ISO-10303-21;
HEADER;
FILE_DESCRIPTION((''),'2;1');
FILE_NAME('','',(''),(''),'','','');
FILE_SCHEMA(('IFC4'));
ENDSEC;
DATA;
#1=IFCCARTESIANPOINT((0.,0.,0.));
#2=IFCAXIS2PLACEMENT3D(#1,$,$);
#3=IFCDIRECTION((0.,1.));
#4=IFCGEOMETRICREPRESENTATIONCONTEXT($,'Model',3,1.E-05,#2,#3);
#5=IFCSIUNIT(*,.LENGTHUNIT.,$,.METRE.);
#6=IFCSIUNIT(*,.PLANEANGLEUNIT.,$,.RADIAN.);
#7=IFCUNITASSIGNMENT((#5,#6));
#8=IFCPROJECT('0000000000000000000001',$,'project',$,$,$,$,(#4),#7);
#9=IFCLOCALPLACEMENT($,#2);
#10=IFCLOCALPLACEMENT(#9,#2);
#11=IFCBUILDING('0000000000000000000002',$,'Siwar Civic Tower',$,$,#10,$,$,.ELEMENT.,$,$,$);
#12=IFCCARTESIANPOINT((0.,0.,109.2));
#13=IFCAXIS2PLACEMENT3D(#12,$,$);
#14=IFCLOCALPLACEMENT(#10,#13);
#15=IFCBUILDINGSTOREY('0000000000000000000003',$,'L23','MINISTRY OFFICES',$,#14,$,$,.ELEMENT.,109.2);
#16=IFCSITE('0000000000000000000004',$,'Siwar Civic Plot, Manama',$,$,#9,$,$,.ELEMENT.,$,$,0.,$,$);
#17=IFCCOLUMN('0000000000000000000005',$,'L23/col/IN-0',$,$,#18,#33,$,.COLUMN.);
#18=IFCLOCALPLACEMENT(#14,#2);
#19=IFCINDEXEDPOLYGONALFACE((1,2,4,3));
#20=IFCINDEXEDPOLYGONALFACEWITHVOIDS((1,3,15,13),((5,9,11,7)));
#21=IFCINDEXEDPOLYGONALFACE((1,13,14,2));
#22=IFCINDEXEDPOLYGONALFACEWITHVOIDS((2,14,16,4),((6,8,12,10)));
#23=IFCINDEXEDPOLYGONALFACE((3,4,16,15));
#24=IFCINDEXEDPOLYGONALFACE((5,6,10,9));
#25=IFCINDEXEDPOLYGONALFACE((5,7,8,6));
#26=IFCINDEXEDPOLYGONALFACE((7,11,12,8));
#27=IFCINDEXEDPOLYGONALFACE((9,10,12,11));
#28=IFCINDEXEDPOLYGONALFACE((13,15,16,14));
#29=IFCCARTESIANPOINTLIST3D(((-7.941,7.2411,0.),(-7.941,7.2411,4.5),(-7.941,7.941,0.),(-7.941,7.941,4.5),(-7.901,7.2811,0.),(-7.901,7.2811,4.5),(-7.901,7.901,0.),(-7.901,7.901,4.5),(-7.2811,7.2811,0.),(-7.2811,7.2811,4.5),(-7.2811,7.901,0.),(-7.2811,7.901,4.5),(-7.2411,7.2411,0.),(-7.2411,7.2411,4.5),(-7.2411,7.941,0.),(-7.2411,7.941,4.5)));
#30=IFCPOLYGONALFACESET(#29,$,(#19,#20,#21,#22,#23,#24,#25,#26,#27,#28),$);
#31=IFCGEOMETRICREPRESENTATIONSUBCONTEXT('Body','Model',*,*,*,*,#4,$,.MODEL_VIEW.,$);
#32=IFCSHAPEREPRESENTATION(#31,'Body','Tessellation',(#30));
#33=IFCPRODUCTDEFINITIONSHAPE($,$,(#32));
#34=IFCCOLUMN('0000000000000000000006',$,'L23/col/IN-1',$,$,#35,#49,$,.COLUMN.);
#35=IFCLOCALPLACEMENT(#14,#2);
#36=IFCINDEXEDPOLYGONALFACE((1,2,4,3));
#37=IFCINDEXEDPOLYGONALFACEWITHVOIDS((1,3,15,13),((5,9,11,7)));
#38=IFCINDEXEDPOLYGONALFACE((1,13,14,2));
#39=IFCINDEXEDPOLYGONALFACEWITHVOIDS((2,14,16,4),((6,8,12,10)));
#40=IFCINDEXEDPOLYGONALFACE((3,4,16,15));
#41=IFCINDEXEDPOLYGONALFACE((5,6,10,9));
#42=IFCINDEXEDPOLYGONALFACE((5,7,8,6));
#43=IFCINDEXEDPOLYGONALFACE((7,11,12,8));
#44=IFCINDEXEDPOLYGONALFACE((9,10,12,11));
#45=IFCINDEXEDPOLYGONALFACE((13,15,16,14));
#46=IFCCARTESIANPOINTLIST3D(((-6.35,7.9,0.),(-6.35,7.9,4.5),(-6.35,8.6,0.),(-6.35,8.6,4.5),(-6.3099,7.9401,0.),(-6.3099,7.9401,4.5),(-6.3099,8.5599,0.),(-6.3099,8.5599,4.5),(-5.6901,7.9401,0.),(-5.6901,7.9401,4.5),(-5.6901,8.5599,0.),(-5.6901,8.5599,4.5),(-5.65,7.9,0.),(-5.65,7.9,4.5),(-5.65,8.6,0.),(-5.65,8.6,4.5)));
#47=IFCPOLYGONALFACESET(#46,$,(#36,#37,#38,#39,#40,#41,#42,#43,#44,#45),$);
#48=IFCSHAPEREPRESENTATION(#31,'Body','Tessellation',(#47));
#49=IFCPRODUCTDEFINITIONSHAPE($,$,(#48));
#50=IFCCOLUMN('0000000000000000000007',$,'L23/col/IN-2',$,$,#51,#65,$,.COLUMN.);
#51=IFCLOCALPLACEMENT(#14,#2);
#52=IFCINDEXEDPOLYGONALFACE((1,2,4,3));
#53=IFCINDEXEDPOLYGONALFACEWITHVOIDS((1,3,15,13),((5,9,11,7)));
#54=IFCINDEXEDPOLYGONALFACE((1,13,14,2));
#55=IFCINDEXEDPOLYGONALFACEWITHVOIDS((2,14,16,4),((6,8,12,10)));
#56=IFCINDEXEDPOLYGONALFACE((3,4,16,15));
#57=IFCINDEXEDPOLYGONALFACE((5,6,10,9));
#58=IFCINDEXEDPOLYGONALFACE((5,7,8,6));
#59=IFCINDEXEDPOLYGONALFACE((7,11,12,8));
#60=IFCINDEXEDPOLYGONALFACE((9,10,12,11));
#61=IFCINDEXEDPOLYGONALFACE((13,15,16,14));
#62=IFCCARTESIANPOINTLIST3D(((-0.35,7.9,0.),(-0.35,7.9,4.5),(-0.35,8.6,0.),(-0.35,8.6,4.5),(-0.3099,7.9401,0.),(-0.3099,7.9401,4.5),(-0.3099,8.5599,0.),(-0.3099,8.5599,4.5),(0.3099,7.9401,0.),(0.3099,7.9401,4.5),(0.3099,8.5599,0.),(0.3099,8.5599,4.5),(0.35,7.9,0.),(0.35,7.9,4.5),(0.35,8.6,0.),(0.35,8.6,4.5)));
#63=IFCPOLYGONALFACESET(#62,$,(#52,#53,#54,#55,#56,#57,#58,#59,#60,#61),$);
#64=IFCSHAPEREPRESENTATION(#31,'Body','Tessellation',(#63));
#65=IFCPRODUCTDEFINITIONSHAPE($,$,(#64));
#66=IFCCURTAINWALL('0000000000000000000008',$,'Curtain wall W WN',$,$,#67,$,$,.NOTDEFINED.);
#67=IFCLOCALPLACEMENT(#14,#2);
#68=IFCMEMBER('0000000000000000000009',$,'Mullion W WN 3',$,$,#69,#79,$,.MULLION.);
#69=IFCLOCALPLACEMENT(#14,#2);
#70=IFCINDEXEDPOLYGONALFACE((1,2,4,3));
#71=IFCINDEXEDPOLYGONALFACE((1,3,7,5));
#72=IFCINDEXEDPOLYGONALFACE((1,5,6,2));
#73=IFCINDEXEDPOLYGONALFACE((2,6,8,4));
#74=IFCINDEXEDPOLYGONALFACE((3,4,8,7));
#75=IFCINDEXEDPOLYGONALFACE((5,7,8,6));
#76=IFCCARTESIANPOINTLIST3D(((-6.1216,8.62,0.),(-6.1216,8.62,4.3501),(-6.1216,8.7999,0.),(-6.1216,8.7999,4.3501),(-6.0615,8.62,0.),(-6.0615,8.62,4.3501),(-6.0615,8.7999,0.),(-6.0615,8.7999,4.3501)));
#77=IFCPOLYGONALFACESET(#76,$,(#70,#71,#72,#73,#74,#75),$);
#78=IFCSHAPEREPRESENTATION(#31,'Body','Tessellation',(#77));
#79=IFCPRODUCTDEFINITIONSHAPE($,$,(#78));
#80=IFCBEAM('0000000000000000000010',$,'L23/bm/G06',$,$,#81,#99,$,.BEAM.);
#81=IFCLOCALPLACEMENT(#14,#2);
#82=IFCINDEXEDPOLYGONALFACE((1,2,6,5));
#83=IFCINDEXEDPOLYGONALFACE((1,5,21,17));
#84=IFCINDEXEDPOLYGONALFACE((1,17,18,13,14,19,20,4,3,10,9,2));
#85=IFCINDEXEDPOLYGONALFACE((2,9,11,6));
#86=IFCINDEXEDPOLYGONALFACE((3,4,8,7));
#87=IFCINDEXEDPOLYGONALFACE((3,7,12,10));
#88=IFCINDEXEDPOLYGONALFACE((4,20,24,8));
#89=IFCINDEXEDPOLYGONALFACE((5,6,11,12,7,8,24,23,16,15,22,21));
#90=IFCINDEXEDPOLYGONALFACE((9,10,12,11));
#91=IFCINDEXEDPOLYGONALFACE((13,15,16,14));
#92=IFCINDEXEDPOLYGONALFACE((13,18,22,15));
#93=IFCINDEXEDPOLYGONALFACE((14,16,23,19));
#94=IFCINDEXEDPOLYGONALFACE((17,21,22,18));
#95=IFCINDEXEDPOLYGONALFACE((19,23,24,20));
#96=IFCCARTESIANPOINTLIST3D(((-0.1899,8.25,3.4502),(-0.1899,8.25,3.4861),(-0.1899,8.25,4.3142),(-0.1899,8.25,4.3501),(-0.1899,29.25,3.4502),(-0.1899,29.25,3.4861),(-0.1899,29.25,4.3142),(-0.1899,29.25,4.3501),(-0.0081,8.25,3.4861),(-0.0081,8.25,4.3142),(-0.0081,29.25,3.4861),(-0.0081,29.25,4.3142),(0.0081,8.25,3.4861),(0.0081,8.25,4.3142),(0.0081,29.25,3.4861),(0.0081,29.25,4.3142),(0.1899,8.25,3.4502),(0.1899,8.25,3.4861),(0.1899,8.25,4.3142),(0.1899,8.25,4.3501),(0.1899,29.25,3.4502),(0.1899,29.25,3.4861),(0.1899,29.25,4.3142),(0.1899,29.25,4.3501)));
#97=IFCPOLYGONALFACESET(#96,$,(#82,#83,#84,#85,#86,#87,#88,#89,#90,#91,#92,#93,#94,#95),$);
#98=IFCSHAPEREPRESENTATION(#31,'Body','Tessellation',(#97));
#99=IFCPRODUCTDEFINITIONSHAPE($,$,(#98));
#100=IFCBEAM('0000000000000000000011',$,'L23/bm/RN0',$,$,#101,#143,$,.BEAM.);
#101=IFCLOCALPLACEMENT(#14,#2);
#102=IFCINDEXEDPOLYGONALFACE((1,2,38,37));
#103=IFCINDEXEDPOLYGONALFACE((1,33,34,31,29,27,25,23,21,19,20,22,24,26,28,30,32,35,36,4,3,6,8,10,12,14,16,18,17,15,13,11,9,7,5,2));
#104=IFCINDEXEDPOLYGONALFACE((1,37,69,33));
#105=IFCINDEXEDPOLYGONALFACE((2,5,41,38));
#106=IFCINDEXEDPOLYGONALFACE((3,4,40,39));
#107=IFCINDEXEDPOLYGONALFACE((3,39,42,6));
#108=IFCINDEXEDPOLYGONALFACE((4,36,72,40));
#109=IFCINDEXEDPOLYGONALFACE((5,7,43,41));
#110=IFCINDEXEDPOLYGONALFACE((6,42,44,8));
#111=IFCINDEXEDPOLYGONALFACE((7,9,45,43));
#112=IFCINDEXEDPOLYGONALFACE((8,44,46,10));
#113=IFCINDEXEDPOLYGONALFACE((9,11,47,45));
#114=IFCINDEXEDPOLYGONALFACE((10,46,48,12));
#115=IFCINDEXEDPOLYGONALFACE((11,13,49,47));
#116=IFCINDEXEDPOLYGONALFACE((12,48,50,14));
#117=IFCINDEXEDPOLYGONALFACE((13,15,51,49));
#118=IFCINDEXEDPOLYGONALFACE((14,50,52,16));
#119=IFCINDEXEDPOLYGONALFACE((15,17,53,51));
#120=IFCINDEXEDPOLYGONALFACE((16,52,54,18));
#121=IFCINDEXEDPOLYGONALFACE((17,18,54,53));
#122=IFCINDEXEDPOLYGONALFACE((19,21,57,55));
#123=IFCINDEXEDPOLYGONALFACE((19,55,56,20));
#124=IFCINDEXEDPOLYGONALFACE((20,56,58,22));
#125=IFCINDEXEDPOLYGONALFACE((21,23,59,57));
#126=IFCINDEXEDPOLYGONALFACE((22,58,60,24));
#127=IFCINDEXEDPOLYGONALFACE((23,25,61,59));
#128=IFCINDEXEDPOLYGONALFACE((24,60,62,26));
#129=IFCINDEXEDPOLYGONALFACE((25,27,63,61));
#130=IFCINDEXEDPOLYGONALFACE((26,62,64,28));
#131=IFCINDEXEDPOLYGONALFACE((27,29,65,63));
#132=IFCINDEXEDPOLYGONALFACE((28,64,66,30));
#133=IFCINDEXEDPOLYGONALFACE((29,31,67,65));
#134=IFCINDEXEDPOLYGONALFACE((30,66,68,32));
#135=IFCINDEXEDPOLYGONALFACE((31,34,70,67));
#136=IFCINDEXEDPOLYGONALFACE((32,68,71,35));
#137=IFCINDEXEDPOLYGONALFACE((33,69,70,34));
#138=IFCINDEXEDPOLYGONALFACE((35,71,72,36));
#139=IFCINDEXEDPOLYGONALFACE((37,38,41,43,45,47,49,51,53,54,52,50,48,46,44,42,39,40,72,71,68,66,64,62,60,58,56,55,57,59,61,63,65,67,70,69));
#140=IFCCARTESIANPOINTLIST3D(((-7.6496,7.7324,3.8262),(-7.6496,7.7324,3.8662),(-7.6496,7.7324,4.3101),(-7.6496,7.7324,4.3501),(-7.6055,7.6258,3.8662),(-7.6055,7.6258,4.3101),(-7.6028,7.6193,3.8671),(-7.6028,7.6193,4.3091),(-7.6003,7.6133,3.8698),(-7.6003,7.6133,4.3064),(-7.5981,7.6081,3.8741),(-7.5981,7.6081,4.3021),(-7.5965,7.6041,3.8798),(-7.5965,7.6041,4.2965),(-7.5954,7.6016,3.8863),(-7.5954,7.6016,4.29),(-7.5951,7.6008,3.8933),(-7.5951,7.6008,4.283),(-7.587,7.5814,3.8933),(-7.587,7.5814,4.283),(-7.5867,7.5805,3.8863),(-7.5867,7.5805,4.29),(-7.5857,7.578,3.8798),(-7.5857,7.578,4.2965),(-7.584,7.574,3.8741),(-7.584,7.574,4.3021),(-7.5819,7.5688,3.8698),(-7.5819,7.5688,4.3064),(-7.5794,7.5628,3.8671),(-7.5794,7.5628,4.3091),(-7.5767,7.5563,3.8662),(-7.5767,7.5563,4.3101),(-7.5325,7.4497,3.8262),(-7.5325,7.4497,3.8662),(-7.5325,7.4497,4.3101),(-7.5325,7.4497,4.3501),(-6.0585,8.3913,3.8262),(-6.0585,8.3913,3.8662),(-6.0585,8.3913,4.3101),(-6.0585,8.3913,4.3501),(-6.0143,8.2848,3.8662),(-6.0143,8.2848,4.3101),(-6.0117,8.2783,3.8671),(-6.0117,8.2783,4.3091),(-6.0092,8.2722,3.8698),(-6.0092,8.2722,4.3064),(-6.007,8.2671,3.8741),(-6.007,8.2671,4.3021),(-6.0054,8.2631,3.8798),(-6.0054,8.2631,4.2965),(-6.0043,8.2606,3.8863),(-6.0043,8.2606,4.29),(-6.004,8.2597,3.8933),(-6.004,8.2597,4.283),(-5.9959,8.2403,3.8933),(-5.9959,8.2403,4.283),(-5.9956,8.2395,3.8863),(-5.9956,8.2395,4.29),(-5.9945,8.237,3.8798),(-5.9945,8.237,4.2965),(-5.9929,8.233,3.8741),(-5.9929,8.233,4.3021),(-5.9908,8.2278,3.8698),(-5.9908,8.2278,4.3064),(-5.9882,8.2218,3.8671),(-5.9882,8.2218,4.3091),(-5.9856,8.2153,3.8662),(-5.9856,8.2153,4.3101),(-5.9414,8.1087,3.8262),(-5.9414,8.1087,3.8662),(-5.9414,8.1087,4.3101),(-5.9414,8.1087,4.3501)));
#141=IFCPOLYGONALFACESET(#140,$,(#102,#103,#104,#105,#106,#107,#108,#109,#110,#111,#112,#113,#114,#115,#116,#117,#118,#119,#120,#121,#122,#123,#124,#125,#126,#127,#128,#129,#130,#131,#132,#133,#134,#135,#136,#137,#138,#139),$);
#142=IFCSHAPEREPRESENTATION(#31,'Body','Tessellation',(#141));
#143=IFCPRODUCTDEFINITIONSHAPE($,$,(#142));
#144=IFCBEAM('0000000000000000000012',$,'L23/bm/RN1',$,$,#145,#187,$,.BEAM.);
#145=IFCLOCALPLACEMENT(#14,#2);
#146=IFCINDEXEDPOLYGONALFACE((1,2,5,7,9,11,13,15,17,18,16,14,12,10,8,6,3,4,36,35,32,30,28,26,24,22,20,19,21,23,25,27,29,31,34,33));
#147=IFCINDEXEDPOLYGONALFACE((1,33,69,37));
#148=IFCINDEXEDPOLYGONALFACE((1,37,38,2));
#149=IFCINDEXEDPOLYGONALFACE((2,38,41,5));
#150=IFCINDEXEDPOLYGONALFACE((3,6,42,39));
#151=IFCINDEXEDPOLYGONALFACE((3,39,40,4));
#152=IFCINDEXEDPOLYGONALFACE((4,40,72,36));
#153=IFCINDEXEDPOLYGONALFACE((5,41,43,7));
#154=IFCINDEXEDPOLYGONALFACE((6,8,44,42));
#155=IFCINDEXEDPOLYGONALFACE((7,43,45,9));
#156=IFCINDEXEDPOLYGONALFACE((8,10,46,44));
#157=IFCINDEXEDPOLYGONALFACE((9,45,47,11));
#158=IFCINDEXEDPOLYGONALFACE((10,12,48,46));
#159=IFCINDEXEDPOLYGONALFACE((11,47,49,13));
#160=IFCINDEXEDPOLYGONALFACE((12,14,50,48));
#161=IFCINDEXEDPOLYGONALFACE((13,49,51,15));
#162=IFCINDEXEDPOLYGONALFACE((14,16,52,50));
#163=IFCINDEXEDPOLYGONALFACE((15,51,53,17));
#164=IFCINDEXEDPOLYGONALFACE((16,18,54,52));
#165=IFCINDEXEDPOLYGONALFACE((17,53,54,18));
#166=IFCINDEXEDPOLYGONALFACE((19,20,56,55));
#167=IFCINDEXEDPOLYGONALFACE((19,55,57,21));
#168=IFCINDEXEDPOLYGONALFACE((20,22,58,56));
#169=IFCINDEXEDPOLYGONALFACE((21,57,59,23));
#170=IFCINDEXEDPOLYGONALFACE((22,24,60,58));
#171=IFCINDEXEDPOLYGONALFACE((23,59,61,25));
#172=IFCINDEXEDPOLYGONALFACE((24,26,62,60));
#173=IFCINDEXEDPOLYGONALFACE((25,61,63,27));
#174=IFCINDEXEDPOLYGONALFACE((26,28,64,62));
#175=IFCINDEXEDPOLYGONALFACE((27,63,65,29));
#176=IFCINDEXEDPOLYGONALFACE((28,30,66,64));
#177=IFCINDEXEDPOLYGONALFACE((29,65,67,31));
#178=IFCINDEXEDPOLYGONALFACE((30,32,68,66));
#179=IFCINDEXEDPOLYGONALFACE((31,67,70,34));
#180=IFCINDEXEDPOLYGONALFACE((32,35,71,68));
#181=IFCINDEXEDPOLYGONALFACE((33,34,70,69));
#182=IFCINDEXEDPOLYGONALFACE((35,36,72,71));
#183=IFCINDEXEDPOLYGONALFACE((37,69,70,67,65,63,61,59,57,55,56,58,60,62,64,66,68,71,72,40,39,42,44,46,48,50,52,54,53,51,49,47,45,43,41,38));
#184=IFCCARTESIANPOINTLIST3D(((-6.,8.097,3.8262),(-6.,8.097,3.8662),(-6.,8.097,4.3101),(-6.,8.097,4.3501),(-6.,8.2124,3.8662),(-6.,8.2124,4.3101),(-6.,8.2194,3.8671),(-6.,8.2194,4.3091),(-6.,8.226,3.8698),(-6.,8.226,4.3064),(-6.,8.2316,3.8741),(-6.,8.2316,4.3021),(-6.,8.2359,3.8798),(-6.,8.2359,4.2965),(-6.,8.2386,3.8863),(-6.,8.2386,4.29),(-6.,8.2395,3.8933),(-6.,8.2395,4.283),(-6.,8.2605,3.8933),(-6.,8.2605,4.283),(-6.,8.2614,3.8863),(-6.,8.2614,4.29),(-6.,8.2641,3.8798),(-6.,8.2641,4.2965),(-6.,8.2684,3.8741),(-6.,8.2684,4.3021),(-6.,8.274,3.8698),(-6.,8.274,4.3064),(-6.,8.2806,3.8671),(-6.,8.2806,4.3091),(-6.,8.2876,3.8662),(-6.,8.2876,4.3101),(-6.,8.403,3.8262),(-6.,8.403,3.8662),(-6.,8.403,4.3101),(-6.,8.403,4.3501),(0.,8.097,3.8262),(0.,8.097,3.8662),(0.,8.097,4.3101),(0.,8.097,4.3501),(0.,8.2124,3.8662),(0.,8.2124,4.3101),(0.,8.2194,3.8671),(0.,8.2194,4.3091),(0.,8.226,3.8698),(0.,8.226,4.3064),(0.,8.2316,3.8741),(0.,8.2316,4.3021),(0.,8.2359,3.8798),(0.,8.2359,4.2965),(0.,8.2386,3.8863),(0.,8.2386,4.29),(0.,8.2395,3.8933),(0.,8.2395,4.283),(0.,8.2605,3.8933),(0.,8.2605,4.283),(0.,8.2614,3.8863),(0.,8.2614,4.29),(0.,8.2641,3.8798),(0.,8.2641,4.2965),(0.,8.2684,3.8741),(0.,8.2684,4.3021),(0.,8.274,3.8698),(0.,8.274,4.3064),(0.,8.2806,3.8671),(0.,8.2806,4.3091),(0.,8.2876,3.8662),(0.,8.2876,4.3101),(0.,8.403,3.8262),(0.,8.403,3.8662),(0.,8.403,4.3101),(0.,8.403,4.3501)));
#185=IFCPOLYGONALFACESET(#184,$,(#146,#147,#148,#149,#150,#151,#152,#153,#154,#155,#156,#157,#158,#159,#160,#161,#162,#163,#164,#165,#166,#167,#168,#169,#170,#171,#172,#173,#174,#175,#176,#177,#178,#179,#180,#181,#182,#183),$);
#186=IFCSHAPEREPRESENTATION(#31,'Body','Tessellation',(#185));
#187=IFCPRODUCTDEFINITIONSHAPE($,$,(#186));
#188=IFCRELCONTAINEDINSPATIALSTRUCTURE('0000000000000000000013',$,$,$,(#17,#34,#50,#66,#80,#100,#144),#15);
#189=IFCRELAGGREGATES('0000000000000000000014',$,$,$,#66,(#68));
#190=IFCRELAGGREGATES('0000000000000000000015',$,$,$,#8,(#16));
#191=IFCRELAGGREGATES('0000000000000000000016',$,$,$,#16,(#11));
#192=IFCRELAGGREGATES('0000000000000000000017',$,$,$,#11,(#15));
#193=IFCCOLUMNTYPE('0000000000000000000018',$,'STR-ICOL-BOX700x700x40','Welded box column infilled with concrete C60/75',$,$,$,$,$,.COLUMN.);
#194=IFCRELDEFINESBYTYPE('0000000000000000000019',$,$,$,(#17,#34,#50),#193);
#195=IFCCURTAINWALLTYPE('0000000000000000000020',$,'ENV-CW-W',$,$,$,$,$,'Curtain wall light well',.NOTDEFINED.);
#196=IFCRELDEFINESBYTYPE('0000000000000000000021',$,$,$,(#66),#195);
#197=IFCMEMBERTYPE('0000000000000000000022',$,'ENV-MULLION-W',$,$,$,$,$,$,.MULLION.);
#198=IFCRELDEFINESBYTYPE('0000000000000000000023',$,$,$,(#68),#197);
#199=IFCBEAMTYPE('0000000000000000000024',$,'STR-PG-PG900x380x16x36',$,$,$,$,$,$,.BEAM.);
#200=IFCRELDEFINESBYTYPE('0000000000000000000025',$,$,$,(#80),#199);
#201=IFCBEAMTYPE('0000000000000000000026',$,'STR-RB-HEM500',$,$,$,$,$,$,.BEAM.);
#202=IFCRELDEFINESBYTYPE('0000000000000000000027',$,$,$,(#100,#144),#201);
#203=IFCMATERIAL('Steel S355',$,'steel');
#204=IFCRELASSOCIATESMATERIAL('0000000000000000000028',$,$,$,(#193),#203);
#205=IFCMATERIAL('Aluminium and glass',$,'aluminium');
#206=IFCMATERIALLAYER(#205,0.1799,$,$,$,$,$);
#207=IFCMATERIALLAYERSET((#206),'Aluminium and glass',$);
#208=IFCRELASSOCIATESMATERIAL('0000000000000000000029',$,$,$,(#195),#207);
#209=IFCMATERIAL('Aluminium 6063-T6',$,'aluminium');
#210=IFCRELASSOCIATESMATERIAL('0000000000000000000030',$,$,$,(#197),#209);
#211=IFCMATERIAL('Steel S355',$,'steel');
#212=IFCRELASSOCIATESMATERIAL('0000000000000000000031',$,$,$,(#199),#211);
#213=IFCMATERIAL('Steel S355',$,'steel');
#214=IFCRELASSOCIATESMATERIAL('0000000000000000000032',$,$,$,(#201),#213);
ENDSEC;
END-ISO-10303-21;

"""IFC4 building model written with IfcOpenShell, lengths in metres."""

from ifc_helpers import new_model, si_unit, direction, frame, origin, origin_2d, place, context, subcontext, project, spatial, rectangle, hollow_rectangle, i_section, extrude, material, layer, layer_set, material_profile, profile_set, type_object, element, aggregate, save


model = new_model("IFC4")

# Units and contexts
model_context = context("Model", 3, precision=1e-05, world=origin(), true_north=direction((0.0, 1.0)))
body_context = subcontext(model_context, "Body", "Model", "MODEL_VIEW")
ifc_project = project(units=[si_unit("LENGTHUNIT", "METRE"), si_unit("PLANEANGLEUNIT", "RADIAN")], contexts=[model_context])

# Site, building, storey
site_placement = place(None, origin())
site = spatial("IfcSite", under=ifc_project, at=site_placement, Name="Siwar Civic Plot, Manama", CompositionType="ELEMENT", RefElevation=0.0)
building_placement = place(site_placement, origin())
building = spatial("IfcBuilding", under=site, at=building_placement, Name="Siwar Civic Tower", CompositionType="ELEMENT")
storey_placement = place(building_placement, frame((0.0, 0.0, 109.2)))
storey = spatial("IfcBuildingStorey", under=building, at=storey_placement, Name="L23", Description="MINISTRY OFFICES", CompositionType="ELEMENT", Elevation=109.2)

# Columns
ifc_material_1 = material(Name="Steel S355", Category="steel")
ifc_material_profile_1 = material_profile(ifc_material_1, hollow_rectangle(XDim=0.7, YDim=0.7, WallThickness=0.04, at=origin_2d()), Name="BOX700x700x40")
ifc_profile_set_1 = profile_set([ifc_material_profile_1], Name="Steel S355")
column_type = type_object("IfcColumnType", Name="STR-ICOL-BOX700x700x40", Description="Welded box column infilled with concrete C60/75", PredefinedType="COLUMN", material=ifc_profile_set_1)
for number, where, z_axis, x_axis, name in (
    (1, (-7.5911, 7.5911, 0.0), (0.0, 0.0, 1.0), (1.0, 0.0, 0.0), "L23/col/IN-0"),
    (2, (-6.0, 8.25, 0.0), (0.0, 0.0, 1.0), (1.0, 0.0, 0.0), "L23/col/IN-1"),
    (3, (0.0, 8.25, 0.0), (0.0, 0.0, 1.0), (1.0, 0.0, 0.0), "L23/col/IN-2"),
):
    element("IfcColumn", number, at=place(storey_placement, frame(where, z_axis=z_axis, x_axis=x_axis)), inside=storey, type_object=column_type, Name=name, PredefinedType="COLUMN", context=body_context, shape_type="SweptSolid", body=[
        extrude(hollow_rectangle(XDim=0.7, YDim=0.7, WallThickness=0.04, at=origin_2d()), origin(), (0.0, 0.0, 1.0), 4.5),
    ])

# Curtain wall, member
ifc_material_2 = material(Name="Aluminium and glass", Category="aluminium")
ifc_layer_1 = layer(ifc_material_2, 0.1799)
ifc_layer_set_1 = layer_set([ifc_layer_1], Name="Aluminium and glass")
curtain_wall_type = type_object("IfcCurtainWallType", Name="ENV-CW-W", ElementType="Curtain wall light well", PredefinedType="NOTDEFINED", material=ifc_layer_set_1)
curtain_wall_placement = place(storey_placement, origin())
curtain_wall = element("IfcCurtainWall", 4, at=curtain_wall_placement, inside=storey, type_object=curtain_wall_type, Name="Curtain wall W WN", PredefinedType="NOTDEFINED")
ifc_material_3 = material(Name="Aluminium 6063-T6", Category="aluminium")
ifc_material_profile_2 = material_profile(ifc_material_3, rectangle(XDim=0.1799, YDim=0.0601, at=origin_2d()), Name="AL 180x60")
ifc_profile_set_2 = profile_set([ifc_material_profile_2], Name="Aluminium 6063-T6")
member_type = type_object("IfcMemberType", Name="ENV-MULLION-W", PredefinedType="MULLION", material=ifc_profile_set_2)
member_placement = place(storey_placement, frame((-6.0916, 8.71, 0.0), z_axis=(0.0, 0.0, 1.0), x_axis=(0.0, -1.0, 0.0)))
member = element("IfcMember", 5, at=member_placement, type_object=member_type, Name="Mullion W WN 3", PredefinedType="MULLION", context=body_context, shape_type="SweptSolid", body=[
    extrude(rectangle(XDim=0.1799, YDim=0.0601, at=origin_2d()), origin(), (0.0, 0.0, 1.0), 4.3501),
])
aggregate(curtain_wall, [member])

# Beams
ifc_material_4 = material(Name="Steel S355", Category="steel")
ifc_material_profile_3 = material_profile(ifc_material_4, i_section(OverallWidth=0.3799, OverallDepth=0.8999, WebThickness=0.0161, FlangeThickness=0.0359, at=origin_2d()), Name="PG900x380x16x36")
ifc_profile_set_3 = profile_set([ifc_material_profile_3], Name="Steel S355")
beam_type_1 = type_object("IfcBeamType", Name="STR-PG-PG900x380x16x36", PredefinedType="BEAM", material=ifc_profile_set_3)
beam_1_placement = place(storey_placement, frame((0.0, 8.25, 3.9001), z_axis=(0.0, 1.0, 0.0), x_axis=(-1.0, 0.0, 0.0)))
element("IfcBeam", 6, at=beam_1_placement, inside=storey, type_object=beam_type_1, Name="L23/bm/G06", PredefinedType="BEAM", context=body_context, shape_type="SweptSolid", body=[
    extrude(i_section(OverallWidth=0.3799, OverallDepth=0.8999, WebThickness=0.0161, FlangeThickness=0.0359, at=origin_2d()), origin(), (0.0, 0.0, 1.0), 21.0),
])
ifc_material_5 = material(Name="Steel S355", Category="steel")
ifc_material_profile_4 = material_profile(ifc_material_5, i_section(OverallWidth=0.3059, OverallDepth=0.5239, WebThickness=0.021, FlangeThickness=0.04, FilletRadius=0.0271, at=origin_2d()), Name="HEM500")
ifc_profile_set_4 = profile_set([ifc_material_profile_4], Name="Steel S355")
beam_type_2 = type_object("IfcBeamType", Name="STR-RB-HEM500", PredefinedType="BEAM", material=ifc_profile_set_4)
beam_2_placement = place(storey_placement, frame((-7.5911, 7.5911, 4.0881), z_axis=(0.923901, 0.382631, 0.0), x_axis=(-0.382631, 0.923901, 0.0)))
element("IfcBeam", 7, at=beam_2_placement, inside=storey, type_object=beam_type_2, Name="L23/bm/RN0", PredefinedType="BEAM", context=body_context, shape_type="SweptSolid", body=[
    extrude(i_section(OverallWidth=0.3059, OverallDepth=0.5239, WebThickness=0.021, FlangeThickness=0.04, FilletRadius=0.0271, at=origin_2d()), origin(), (0.0, 0.0, 1.0), 1.7222),
])
for number, where, z_axis, x_axis, name in (
    (8, (-6.0, 8.25, 4.0881), (1.0, 0.0, 0.0), (0.0, 1.0, 0.0), "L23/bm/RN1"),
):
    element("IfcBeam", number, at=place(storey_placement, frame(where, z_axis=z_axis, x_axis=x_axis)), inside=storey, type_object=beam_type_2, Name=name, PredefinedType="BEAM", context=body_context, shape_type="SweptSolid", body=[
        extrude(i_section(OverallWidth=0.3059, OverallDepth=0.5239, WebThickness=0.021, FlangeThickness=0.04, FilletRadius=0.0271, at=origin_2d()), origin(), (0.0, 0.0, 1.0), 6.0),
    ])

save(model, "model.ifc")
